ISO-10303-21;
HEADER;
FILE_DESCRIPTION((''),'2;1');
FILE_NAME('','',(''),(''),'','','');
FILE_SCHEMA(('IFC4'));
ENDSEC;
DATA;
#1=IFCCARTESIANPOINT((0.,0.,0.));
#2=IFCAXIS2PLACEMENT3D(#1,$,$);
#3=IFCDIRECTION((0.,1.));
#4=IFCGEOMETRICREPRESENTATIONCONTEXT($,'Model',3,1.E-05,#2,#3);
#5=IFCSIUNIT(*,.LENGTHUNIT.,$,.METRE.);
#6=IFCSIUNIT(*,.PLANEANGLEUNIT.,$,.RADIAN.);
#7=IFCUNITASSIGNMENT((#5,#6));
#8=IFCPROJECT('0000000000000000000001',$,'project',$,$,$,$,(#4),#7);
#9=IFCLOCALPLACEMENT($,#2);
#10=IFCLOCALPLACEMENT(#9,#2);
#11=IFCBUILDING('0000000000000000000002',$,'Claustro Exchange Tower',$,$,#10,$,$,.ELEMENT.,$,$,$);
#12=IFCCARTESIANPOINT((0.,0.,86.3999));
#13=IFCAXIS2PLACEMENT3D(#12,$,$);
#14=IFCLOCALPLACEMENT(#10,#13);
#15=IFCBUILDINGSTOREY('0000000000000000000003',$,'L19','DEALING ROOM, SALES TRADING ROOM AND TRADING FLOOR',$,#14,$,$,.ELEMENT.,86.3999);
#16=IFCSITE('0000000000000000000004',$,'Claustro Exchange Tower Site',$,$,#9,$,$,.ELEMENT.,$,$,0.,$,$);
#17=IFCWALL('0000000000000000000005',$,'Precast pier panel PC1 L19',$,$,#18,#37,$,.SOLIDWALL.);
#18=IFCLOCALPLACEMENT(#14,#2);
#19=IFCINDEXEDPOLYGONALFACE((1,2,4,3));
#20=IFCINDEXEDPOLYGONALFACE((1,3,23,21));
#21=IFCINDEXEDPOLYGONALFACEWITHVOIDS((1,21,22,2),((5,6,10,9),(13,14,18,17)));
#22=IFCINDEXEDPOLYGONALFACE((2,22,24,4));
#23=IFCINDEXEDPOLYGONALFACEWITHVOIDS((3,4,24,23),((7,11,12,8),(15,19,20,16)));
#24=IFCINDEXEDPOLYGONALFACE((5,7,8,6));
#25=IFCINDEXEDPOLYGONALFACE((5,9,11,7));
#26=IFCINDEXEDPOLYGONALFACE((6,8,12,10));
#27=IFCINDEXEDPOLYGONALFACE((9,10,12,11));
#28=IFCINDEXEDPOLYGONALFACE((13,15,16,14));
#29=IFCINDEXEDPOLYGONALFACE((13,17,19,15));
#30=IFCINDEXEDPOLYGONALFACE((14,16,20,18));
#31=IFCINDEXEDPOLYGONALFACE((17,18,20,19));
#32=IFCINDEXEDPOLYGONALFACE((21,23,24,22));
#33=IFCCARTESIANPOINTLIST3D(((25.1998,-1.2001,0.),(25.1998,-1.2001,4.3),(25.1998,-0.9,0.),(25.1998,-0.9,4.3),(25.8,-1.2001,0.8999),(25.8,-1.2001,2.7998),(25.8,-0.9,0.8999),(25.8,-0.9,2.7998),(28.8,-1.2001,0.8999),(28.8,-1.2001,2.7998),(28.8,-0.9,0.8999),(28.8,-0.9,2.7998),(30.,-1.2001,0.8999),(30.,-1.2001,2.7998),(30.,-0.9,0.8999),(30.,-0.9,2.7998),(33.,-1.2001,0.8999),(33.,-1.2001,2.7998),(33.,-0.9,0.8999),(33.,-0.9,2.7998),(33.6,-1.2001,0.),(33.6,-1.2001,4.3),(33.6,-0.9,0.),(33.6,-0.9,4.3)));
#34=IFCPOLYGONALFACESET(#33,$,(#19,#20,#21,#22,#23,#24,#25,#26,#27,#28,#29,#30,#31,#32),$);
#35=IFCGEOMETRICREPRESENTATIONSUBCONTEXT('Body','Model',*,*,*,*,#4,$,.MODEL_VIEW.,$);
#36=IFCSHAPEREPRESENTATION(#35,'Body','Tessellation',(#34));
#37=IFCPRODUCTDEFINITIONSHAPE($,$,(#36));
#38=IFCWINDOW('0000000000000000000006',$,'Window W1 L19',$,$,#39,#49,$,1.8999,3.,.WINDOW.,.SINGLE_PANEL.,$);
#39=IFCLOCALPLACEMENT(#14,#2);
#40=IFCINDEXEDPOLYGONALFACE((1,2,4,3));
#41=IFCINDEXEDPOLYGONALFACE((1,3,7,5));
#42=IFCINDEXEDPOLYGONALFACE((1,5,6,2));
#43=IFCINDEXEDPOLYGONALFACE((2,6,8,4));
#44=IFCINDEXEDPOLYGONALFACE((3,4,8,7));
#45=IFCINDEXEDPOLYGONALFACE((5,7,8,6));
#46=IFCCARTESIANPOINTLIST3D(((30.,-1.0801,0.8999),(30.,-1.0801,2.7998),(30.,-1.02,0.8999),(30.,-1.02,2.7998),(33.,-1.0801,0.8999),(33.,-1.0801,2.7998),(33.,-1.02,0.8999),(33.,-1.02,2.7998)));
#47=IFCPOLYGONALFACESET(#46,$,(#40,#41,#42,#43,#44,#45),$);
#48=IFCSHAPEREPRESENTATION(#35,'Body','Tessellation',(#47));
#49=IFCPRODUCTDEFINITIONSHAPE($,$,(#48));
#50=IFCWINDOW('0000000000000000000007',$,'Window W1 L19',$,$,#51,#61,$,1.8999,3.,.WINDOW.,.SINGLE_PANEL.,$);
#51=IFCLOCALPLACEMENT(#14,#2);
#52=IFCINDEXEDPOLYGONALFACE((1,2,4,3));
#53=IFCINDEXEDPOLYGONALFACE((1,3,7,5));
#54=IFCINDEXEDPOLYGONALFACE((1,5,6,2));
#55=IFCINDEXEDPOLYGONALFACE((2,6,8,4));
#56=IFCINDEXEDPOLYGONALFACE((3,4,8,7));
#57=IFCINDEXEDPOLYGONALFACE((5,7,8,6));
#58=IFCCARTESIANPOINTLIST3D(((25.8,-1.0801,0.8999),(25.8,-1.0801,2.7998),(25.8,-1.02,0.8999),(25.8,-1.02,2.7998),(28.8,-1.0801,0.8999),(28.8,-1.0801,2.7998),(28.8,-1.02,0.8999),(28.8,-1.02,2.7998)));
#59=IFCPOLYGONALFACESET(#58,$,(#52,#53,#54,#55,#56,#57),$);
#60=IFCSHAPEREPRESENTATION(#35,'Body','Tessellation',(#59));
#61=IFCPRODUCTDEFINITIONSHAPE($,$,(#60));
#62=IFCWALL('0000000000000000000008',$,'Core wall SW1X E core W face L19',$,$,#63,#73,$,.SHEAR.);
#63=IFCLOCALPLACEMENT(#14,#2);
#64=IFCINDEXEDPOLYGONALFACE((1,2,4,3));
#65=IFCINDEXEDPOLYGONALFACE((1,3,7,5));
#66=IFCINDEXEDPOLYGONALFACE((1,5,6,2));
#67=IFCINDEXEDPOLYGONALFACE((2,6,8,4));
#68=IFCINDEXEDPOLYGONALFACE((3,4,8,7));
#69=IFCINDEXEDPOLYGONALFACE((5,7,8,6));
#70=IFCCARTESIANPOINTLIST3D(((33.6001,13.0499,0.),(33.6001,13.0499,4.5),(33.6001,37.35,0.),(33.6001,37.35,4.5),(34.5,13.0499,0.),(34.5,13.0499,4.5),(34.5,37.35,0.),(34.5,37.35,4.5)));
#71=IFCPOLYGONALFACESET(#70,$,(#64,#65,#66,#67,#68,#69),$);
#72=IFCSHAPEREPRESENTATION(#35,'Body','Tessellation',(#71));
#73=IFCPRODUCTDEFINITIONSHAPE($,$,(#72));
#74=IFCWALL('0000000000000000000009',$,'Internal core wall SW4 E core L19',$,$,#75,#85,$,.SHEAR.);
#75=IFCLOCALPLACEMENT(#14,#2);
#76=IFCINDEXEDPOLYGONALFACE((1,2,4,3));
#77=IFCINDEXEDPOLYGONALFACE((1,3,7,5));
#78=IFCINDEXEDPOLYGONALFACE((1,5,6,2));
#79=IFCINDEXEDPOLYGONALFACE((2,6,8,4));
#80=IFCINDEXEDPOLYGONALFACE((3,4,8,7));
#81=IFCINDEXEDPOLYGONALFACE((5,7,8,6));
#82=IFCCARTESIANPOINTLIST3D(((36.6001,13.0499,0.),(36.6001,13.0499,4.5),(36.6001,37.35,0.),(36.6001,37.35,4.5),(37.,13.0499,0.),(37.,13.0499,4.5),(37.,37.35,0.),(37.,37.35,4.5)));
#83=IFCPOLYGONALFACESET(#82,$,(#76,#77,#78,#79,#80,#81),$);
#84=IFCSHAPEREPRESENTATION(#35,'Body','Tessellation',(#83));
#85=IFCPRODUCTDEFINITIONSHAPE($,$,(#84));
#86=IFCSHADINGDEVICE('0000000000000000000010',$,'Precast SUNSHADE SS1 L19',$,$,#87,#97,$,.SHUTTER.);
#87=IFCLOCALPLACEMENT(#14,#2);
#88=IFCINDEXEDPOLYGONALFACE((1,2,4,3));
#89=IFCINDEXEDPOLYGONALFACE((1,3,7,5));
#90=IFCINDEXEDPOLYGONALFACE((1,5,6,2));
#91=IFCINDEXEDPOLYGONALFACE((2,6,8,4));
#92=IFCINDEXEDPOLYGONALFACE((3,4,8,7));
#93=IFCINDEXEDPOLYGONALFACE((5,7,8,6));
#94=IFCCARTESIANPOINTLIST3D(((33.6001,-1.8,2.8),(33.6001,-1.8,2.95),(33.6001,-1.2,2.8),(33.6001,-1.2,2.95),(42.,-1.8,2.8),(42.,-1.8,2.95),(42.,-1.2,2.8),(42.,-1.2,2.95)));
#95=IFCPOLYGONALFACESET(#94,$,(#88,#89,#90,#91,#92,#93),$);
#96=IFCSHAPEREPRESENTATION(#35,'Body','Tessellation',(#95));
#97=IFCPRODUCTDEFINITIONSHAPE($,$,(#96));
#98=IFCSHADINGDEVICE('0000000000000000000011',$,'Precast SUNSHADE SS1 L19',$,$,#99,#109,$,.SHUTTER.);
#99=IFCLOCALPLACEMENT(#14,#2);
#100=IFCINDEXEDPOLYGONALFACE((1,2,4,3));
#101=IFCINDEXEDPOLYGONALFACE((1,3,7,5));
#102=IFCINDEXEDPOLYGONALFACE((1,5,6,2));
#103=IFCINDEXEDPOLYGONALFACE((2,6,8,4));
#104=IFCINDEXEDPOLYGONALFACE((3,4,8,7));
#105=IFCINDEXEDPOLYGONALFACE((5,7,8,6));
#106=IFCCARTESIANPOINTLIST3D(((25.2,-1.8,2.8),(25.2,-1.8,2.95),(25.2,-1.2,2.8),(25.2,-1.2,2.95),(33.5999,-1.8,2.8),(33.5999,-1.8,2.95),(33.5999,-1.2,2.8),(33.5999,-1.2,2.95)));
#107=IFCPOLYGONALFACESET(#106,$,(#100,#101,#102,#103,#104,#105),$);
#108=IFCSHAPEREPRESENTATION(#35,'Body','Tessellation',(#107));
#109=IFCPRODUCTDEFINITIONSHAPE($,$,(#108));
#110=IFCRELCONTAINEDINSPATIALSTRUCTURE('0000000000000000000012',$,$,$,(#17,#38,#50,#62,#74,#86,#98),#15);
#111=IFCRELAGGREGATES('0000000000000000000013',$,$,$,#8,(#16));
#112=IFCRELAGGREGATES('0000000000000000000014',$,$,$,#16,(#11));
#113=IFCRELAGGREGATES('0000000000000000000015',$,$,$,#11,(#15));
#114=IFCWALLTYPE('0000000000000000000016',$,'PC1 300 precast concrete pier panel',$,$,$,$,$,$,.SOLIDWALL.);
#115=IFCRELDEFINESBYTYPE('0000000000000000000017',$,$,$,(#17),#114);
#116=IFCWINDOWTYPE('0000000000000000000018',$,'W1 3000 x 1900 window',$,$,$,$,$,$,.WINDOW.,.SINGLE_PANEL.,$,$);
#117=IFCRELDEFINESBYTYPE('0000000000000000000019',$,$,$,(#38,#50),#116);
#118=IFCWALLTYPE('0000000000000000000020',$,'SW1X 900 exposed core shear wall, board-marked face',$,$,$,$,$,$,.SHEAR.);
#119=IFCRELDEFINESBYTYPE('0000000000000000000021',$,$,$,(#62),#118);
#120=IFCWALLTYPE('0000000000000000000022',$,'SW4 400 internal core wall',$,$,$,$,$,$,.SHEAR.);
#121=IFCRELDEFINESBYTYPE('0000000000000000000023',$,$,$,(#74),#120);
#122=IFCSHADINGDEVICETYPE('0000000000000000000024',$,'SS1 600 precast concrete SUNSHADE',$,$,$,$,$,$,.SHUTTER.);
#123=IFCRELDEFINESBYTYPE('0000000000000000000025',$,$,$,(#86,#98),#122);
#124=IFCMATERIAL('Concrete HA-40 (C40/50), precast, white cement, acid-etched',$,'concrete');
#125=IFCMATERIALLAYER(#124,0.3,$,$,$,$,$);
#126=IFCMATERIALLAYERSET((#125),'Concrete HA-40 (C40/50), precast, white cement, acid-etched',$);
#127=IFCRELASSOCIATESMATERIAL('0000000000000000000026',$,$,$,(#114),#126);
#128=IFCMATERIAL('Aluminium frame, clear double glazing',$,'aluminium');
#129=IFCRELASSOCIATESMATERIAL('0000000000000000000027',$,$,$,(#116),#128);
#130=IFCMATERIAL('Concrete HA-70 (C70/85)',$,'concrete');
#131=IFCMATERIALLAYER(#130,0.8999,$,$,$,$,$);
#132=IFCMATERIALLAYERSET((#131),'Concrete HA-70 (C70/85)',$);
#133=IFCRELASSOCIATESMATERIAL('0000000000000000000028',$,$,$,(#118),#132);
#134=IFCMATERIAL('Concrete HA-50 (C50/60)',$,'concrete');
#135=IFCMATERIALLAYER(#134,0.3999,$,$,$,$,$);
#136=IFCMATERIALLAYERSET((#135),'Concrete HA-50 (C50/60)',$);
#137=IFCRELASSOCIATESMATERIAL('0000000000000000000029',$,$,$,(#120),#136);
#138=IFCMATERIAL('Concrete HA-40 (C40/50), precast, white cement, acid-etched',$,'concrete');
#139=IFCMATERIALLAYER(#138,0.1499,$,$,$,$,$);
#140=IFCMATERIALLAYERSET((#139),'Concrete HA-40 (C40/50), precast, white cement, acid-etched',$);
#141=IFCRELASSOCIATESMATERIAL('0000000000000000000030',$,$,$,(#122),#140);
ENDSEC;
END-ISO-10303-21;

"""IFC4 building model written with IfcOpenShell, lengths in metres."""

from ifc_helpers import new_model, si_unit, direction, frame, frame_2d, origin, origin_2d, place, context, subcontext, project, spatial, rectangle, extrude, material, layer, layer_set, type_object, element, fill, save


model = new_model("IFC4")

# Units and contexts
model_context = context("Model", 3, precision=1e-05, world=origin(), true_north=direction((0.0, 1.0)))
body_context = subcontext(model_context, "Body", "Model", "MODEL_VIEW")
ifc_project = project(units=[si_unit("LENGTHUNIT", "METRE"), si_unit("PLANEANGLEUNIT", "RADIAN")], contexts=[model_context])

# Site, building, storey
site_placement = place(None, origin())
site = spatial("IfcSite", under=ifc_project, at=site_placement, Name="Claustro Exchange Tower Site", CompositionType="ELEMENT", RefElevation=0.0)
building_placement = place(site_placement, origin())
building = spatial("IfcBuilding", under=site, at=building_placement, Name="Claustro Exchange Tower", CompositionType="ELEMENT")
storey_placement = place(building_placement, frame((0.0, 0.0, 86.3999)))
storey = spatial("IfcBuildingStorey", under=building, at=storey_placement, Name="L19", Description="DEALING ROOM, SALES TRADING ROOM AND TRADING FLOOR", CompositionType="ELEMENT", Elevation=86.3999)

# Wall, openings, windows
ifc_material_1 = material(Name="Concrete HA-40 (C40/50), precast, white cement, acid-etched", Category="concrete")
ifc_layer_1 = layer(ifc_material_1, 0.3)
ifc_layer_set_1 = layer_set([ifc_layer_1], Name="Concrete HA-40 (C40/50), precast, white cement, acid-etched")
wall_type_1 = type_object("IfcWallType", Name="PC1 300 precast concrete pier panel", PredefinedType="SOLIDWALL", material=ifc_layer_set_1)
wall_1_placement = place(storey_placement, frame((33.6001, -1.05, 0.0), z_axis=(0.0, 0.0, 1.0), x_axis=(-1.0, 0.0, 0.0)))
wall_1 = element("IfcWall", 1, at=wall_1_placement, inside=storey, type_object=wall_type_1, Name="Precast pier panel PC1 L19", PredefinedType="SOLIDWALL", context=body_context, shape_type="SweptSolid", body=[
    extrude(rectangle(XDim=8.4001, YDim=0.3, at=frame_2d((4.2002, 0.0))), origin(), (0.0, 0.0, 1.0), 4.3),
])
opening_1_placement = place(wall_1_placement, frame((0.6001, 0.0, 0.8999)))
opening_1 = element("IfcOpeningElement", 2, at=opening_1_placement, cuts=wall_1, PredefinedType="OPENING", context=body_context, shape_type="SweptSolid", body=[
    extrude(rectangle(XDim=3.0, YDim=1.8999, at=frame_2d((1.5, 0.95))), frame((0.0, 0.1599, 0.0), z_axis=(0.0, -1.0, 0.0), x_axis=(1.0, 0.0, 0.0)), (0.0, 0.0, 1.0), 0.3201),
])
opening_2_placement = place(wall_1_placement, frame((4.8, 0.0, 0.8999)))
opening_2 = element("IfcOpeningElement", 3, at=opening_2_placement, cuts=wall_1, PredefinedType="OPENING", context=body_context, shape_type="SweptSolid", body=[
    extrude(rectangle(XDim=3.0, YDim=1.8999, at=frame_2d((1.5, 0.95))), frame((0.0, 0.1599, 0.0), z_axis=(0.0, -1.0, 0.0), x_axis=(1.0, 0.0, 0.0)), (0.0, 0.0, 1.0), 0.3201),
])
ifc_material_2 = material(Name="Aluminium frame, clear double glazing", Category="aluminium")
window_type = type_object("IfcWindowType", Name="W1 3000 x 1900 window", PartitioningType="SINGLE_PANEL", PredefinedType="WINDOW", material=ifc_material_2)
window_1_placement = place(opening_1_placement, origin())
window_1 = element("IfcWindow", 4, at=window_1_placement, inside=storey, type_object=window_type, Name="Window W1 L19", OverallHeight=1.8999, OverallWidth=3.0, PartitioningType="SINGLE_PANEL", PredefinedType="WINDOW", context=body_context, shape_type="SweptSolid", body=[
    extrude(rectangle(XDim=3.0, YDim=1.8999, at=frame_2d((1.5, 0.95))), frame((0.0, 0.03, 0.0), z_axis=(0.0, -1.0, 0.0), x_axis=(1.0, 0.0, 0.0)), (0.0, 0.0, 1.0), 0.0601),
])
fill(opening_1, window_1)
window_2_placement = place(opening_2_placement, origin())
window_2 = element("IfcWindow", 5, at=window_2_placement, inside=storey, type_object=window_type, Name="Window W1 L19", OverallHeight=1.8999, OverallWidth=3.0, PartitioningType="SINGLE_PANEL", PredefinedType="WINDOW", context=body_context, shape_type="SweptSolid", body=[
    extrude(rectangle(XDim=3.0, YDim=1.8999, at=frame_2d((1.5, 0.95))), frame((0.0, 0.03, 0.0), z_axis=(0.0, -1.0, 0.0), x_axis=(1.0, 0.0, 0.0)), (0.0, 0.0, 1.0), 0.0601),
])
fill(opening_2, window_2)

# Walls
ifc_material_3 = material(Name="Concrete HA-70 (C70/85)", Category="concrete")
ifc_layer_2 = layer(ifc_material_3, 0.8999)
ifc_layer_set_2 = layer_set([ifc_layer_2], Name="Concrete HA-70 (C70/85)")
wall_type_2 = type_object("IfcWallType", Name="SW1X 900 exposed core shear wall, board-marked face", PredefinedType="SHEAR", material=ifc_layer_set_2)
wall_2_placement = place(storey_placement, frame((34.05, 13.05, 0.0), z_axis=(0.0, 0.0, 1.0), x_axis=(0.0, 1.0, 0.0)))
element("IfcWall", 6, at=wall_2_placement, inside=storey, type_object=wall_type_2, Name="Core wall SW1X E core W face L19", PredefinedType="SHEAR", context=body_context, shape_type="SweptSolid", body=[
    extrude(rectangle(XDim=24.3, YDim=0.8999, at=frame_2d((12.1499, 0.0))), origin(), (0.0, 0.0, 1.0), 4.5),
])
ifc_material_4 = material(Name="Concrete HA-50 (C50/60)", Category="concrete")
ifc_layer_3 = layer(ifc_material_4, 0.3999)
ifc_layer_set_3 = layer_set([ifc_layer_3], Name="Concrete HA-50 (C50/60)")
wall_type_3 = type_object("IfcWallType", Name="SW4 400 internal core wall", PredefinedType="SHEAR", material=ifc_layer_set_3)
wall_3_placement = place(storey_placement, frame((36.8, 13.05, 0.0), z_axis=(0.0, 0.0, 1.0), x_axis=(0.0, 1.0, 0.0)))
element("IfcWall", 7, at=wall_3_placement, inside=storey, type_object=wall_type_3, Name="Internal core wall SW4 E core L19", PredefinedType="SHEAR", context=body_context, shape_type="SweptSolid", body=[
    extrude(rectangle(XDim=24.3, YDim=0.3999, at=frame_2d((12.1499, 0.0))), origin(), (0.0, 0.0, 1.0), 4.5),
])

# Shading devices
ifc_material_5 = material(Name="Concrete HA-40 (C40/50), precast, white cement, acid-etched", Category="concrete")
ifc_layer_4 = layer(ifc_material_5, 0.1499)
ifc_layer_set_4 = layer_set([ifc_layer_4], Name="Concrete HA-40 (C40/50), precast, white cement, acid-etched")
shading_device_type = type_object("IfcShadingDeviceType", Name="SS1 600 precast concrete SUNSHADE", PredefinedType="SHUTTER", material=ifc_layer_set_4)
for number, where, z_axis, x_axis, name in (
    (8, (37.8, -1.5, 2.8), (0.0, 0.0, 1.0), (-1.0, 0.0, 0.0), "Precast SUNSHADE SS1 L19"),
    (9, (29.3999, -1.5, 2.8), (0.0, 0.0, 1.0), (-1.0, 0.0, 0.0), "Precast SUNSHADE SS1 L19"),
):
    element("IfcShadingDevice", number, at=place(storey_placement, frame(where, z_axis=z_axis, x_axis=x_axis)), inside=storey, type_object=shading_device_type, Name=name, PredefinedType="SHUTTER", context=body_context, shape_type="SweptSolid", body=[
        extrude(rectangle(XDim=8.3999, YDim=0.6001, at=origin_2d()), origin(), (0.0, 0.0, 1.0), 0.1499),
    ])

save(model, "model.ifc")
